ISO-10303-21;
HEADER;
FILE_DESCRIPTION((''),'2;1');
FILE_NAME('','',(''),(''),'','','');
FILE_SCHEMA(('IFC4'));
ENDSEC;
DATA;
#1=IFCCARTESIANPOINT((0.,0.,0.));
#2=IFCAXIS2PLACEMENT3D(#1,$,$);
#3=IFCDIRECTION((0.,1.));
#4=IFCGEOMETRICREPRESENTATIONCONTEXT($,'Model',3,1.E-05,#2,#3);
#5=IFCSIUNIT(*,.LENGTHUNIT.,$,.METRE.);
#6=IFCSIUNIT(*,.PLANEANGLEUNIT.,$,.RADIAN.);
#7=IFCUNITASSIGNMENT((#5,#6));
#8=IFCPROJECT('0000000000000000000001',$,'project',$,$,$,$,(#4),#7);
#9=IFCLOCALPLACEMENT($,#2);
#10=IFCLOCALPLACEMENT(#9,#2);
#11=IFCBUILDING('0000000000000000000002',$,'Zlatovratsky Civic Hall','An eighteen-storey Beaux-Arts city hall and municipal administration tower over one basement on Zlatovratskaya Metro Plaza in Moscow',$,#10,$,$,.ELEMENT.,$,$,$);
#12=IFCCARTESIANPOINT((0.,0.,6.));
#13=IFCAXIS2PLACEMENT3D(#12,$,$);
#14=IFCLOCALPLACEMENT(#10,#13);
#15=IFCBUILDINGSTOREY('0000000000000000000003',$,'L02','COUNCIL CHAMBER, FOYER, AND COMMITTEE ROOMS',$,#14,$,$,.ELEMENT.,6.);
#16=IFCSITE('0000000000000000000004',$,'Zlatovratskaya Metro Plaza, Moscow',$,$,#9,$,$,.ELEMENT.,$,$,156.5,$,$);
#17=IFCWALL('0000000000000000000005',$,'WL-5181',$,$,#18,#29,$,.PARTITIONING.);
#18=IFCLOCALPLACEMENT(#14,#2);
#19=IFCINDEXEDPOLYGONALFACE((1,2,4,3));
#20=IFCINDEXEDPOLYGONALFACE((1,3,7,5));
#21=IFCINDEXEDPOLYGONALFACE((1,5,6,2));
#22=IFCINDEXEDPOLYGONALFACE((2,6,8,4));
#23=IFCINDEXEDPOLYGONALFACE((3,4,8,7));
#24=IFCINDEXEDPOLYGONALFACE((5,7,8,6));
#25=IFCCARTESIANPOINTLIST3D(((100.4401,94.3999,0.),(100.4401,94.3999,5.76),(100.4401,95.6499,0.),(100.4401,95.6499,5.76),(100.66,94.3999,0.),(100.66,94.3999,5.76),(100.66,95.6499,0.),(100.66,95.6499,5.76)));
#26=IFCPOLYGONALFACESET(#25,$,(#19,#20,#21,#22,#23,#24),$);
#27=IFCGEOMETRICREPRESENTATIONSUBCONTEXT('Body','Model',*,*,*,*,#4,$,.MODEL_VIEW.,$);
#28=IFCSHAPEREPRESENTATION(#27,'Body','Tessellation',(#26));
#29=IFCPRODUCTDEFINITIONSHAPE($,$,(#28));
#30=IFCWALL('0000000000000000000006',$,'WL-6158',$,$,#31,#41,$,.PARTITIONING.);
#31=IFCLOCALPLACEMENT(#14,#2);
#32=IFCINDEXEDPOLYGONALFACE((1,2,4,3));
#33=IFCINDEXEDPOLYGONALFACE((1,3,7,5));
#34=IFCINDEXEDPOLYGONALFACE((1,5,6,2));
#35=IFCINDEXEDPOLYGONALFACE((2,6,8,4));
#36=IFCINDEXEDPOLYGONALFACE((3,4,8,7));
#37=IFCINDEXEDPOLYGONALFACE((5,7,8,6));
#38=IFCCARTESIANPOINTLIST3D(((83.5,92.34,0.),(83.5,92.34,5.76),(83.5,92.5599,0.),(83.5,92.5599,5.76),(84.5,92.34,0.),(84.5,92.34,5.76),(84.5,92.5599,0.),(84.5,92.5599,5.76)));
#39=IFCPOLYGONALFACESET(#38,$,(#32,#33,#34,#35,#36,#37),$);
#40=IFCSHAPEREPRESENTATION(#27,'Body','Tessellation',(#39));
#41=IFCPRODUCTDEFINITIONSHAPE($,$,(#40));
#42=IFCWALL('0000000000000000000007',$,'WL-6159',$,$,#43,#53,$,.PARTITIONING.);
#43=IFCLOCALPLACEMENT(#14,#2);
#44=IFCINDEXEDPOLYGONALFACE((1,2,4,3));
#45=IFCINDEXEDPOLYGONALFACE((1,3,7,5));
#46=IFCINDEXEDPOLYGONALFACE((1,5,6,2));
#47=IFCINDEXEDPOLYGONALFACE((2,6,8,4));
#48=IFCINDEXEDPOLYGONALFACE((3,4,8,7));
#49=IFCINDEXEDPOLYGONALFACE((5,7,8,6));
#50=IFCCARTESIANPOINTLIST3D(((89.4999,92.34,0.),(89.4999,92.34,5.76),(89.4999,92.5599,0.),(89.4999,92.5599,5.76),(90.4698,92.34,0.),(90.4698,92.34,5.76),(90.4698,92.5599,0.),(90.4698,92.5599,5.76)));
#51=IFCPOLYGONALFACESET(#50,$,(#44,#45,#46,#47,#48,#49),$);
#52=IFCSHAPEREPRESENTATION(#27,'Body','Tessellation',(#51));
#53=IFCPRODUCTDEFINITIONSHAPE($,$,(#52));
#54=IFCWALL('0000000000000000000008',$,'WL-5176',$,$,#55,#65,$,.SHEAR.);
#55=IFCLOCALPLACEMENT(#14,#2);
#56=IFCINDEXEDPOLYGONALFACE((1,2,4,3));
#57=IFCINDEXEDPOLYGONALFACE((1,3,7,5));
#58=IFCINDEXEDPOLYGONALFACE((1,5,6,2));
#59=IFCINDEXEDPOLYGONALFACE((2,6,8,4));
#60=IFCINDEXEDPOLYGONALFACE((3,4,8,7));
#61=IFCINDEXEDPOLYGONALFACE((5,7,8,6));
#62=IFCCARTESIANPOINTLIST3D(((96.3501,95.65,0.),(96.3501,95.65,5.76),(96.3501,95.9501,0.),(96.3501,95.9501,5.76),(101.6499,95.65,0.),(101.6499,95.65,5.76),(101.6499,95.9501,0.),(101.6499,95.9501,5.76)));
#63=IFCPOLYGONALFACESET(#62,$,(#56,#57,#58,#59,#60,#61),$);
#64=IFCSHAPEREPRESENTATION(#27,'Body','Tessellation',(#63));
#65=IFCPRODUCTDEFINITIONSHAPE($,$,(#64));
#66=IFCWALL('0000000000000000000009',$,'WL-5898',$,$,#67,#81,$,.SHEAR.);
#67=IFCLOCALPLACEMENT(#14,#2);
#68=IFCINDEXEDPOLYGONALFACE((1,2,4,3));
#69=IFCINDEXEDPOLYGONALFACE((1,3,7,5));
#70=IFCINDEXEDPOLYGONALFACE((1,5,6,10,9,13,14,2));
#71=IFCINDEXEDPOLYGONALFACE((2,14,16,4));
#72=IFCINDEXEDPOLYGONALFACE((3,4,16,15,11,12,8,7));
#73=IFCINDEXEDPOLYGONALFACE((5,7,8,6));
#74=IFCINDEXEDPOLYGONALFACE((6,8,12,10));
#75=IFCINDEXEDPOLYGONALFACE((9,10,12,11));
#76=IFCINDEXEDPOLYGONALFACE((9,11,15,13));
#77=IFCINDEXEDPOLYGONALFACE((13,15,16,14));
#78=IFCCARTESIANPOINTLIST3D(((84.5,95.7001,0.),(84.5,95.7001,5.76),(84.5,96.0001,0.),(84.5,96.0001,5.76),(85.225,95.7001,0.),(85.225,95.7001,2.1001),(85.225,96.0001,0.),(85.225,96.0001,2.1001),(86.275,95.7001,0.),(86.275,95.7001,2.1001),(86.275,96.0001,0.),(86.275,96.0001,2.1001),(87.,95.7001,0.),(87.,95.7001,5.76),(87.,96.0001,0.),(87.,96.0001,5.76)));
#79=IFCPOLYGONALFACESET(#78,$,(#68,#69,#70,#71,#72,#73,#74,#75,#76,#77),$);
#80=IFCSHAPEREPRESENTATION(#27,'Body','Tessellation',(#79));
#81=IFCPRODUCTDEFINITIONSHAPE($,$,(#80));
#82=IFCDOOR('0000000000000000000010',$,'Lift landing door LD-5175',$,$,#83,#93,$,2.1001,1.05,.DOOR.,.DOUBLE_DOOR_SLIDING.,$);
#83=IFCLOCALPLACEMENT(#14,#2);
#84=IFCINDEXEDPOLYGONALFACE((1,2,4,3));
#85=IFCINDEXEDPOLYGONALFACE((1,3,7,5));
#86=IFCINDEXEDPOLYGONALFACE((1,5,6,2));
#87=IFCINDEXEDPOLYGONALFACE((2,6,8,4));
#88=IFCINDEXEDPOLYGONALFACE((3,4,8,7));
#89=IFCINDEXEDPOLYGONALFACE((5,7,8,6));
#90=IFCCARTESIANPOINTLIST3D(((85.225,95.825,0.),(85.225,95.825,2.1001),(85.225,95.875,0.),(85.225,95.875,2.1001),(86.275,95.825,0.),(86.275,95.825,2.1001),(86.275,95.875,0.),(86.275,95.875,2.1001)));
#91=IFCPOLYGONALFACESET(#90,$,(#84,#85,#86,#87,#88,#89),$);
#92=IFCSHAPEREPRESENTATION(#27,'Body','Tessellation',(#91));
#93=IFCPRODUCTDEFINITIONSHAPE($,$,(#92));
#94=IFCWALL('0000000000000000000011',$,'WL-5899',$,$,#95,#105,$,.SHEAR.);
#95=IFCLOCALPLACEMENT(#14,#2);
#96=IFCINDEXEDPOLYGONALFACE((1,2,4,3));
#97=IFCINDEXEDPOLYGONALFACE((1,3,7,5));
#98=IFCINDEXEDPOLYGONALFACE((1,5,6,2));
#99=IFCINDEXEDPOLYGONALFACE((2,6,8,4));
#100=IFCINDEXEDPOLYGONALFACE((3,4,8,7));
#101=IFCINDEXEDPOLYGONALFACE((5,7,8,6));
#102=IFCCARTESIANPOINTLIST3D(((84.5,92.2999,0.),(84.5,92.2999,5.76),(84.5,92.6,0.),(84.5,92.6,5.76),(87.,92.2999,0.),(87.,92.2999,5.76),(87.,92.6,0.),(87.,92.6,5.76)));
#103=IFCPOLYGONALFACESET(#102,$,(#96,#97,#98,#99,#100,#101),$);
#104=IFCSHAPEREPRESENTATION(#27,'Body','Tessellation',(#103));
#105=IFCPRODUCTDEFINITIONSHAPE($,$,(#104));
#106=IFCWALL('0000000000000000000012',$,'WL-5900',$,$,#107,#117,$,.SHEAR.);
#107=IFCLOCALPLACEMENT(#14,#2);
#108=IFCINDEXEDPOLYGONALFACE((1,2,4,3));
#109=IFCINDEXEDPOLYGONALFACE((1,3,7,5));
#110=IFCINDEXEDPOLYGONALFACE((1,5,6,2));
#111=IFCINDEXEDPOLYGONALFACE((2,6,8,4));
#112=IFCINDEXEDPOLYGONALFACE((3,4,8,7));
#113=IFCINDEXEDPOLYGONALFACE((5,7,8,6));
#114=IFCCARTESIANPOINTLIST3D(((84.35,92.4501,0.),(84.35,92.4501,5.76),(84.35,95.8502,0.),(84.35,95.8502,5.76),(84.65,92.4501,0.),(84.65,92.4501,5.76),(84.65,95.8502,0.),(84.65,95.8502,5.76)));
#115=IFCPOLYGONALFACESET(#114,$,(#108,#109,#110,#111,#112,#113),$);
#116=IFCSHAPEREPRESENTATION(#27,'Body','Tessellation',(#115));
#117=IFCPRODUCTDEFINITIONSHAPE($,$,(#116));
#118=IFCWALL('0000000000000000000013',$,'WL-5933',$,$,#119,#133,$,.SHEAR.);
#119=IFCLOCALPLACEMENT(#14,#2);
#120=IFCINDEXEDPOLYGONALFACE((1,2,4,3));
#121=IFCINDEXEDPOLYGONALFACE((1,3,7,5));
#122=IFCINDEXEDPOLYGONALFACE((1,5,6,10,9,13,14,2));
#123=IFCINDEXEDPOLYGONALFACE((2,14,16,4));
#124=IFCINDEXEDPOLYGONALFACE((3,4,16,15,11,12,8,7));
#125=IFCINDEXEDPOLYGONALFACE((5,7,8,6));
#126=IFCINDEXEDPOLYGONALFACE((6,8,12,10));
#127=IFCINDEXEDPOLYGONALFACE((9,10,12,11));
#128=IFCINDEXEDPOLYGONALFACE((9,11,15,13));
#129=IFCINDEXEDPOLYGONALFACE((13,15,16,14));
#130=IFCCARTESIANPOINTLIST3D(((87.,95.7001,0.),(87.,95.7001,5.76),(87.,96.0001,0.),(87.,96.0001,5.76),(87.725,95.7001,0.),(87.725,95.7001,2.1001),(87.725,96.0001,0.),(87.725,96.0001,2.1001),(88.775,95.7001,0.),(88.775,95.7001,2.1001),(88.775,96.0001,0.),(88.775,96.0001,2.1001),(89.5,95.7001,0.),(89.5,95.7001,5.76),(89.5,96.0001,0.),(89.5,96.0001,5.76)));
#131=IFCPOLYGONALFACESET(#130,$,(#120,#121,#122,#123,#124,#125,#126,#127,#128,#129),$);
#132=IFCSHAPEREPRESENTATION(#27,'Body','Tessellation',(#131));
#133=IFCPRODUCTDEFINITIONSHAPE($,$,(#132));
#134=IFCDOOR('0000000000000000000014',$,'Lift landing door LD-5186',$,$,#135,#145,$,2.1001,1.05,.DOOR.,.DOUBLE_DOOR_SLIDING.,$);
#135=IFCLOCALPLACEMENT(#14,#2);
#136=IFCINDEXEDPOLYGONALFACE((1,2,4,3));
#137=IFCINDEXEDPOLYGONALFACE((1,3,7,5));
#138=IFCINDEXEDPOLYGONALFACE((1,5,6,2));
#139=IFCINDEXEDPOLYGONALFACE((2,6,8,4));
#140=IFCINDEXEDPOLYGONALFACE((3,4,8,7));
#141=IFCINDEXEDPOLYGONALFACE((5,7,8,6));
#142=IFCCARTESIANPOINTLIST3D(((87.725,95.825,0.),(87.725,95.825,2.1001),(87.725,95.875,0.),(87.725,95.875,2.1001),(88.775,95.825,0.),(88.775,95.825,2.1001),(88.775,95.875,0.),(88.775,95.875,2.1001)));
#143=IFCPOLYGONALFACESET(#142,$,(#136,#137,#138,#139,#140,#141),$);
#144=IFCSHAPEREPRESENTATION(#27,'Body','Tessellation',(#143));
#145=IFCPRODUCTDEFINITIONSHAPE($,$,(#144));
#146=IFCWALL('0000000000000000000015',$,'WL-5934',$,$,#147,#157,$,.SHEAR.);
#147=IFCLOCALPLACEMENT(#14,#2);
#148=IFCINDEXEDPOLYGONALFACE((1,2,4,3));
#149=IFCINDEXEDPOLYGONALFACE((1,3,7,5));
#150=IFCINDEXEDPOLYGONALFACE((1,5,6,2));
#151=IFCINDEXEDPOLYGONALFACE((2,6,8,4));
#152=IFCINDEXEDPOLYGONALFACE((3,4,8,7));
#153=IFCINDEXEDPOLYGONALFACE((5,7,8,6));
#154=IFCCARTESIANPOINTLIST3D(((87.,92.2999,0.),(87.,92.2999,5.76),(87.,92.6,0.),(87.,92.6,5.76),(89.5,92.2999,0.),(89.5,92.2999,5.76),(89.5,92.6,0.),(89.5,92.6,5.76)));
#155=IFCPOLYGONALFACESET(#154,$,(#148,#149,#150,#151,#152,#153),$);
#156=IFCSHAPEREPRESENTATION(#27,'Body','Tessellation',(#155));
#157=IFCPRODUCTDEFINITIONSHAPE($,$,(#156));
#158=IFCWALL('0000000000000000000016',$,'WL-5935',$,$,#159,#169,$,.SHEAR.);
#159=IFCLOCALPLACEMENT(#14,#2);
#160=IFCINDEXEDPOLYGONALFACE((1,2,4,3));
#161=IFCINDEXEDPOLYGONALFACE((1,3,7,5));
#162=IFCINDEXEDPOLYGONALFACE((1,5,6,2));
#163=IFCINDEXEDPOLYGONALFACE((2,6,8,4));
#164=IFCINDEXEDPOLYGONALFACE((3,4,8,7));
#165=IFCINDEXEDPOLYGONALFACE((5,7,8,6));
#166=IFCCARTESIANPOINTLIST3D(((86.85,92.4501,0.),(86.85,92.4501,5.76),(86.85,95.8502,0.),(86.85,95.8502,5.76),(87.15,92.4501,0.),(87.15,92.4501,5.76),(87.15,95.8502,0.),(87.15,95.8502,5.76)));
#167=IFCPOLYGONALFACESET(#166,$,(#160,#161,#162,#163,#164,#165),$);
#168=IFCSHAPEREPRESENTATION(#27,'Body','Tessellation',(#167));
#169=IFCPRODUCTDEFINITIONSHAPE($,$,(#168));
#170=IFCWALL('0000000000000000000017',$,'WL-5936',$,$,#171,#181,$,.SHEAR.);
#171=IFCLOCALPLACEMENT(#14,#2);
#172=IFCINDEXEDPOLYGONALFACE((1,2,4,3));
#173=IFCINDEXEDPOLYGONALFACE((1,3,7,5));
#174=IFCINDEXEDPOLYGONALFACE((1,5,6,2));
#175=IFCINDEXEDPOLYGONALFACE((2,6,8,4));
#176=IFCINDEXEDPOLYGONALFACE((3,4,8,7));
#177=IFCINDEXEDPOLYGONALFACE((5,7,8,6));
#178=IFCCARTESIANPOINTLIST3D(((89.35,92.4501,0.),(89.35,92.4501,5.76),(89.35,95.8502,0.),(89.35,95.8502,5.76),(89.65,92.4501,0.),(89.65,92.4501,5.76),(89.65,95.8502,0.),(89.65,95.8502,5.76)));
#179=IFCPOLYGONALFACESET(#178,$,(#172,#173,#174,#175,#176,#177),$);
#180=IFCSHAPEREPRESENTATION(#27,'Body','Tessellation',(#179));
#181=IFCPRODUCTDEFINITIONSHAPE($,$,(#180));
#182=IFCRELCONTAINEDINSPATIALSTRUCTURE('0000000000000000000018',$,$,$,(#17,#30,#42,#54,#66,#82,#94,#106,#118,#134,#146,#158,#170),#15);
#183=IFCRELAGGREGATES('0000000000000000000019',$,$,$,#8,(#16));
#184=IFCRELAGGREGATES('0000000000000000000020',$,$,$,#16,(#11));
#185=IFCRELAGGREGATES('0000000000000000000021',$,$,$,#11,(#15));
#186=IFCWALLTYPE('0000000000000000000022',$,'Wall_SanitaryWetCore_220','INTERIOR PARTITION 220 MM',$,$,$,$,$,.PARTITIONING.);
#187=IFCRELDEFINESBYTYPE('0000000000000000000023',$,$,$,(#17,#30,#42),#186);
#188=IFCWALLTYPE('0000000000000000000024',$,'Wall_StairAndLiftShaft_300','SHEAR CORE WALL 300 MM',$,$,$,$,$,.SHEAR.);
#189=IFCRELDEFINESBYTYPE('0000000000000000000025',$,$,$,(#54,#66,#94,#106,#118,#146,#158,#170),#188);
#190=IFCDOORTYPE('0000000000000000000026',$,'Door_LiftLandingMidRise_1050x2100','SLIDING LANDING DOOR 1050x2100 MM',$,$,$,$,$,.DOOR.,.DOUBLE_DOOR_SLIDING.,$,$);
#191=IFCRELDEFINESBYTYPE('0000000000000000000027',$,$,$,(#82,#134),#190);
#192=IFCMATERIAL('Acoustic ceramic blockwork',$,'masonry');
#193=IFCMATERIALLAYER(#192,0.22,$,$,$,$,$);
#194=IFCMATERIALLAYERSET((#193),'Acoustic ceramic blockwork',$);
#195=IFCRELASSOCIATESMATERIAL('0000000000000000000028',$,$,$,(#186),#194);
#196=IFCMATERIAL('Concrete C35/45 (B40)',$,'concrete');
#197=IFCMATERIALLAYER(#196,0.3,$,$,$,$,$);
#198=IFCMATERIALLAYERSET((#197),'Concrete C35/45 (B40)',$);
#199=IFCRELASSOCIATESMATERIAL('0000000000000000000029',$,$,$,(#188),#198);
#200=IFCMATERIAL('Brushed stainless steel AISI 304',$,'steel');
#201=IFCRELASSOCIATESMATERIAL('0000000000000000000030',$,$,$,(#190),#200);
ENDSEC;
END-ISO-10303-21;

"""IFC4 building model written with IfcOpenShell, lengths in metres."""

from ifc_helpers import new_model, si_unit, direction, frame, frame_2d, origin, place, context, subcontext, project, spatial, rectangle, extrude, material, layer, layer_set, type_object, element, fill, save


model = new_model("IFC4")

# Units and contexts
model_context = context("Model", 3, precision=1e-05, world=origin(), true_north=direction((0.0, 1.0)))
body_context = subcontext(model_context, "Body", "Model", "MODEL_VIEW")
ifc_project = project(units=[si_unit("LENGTHUNIT", "METRE"), si_unit("PLANEANGLEUNIT", "RADIAN")], contexts=[model_context])

# Site, building, storey
site_placement = place(None, origin())
site = spatial("IfcSite", under=ifc_project, at=site_placement, Name="Zlatovratskaya Metro Plaza, Moscow", CompositionType="ELEMENT", RefElevation=156.5)
building_placement = place(site_placement, origin())
building = spatial("IfcBuilding", under=site, at=building_placement, Name="Zlatovratsky Civic Hall", Description="An eighteen-storey Beaux-Arts city hall and municipal administration tower over one basement on Zlatovratskaya Metro Plaza in Moscow", CompositionType="ELEMENT")
storey_placement = place(building_placement, frame((0.0, 0.0, 6.0)))
storey = spatial("IfcBuildingStorey", under=building, at=storey_placement, Name="L02", Description="COUNCIL CHAMBER, FOYER, AND COMMITTEE ROOMS", CompositionType="ELEMENT", Elevation=6.0)

# Shared definitions
ifc_material_1 = material(Name="Concrete C35/45 (B40)", Category="concrete")

# Wall
ifc_material_2 = material(Name="Acoustic ceramic blockwork", Category="masonry")
ifc_layer_1 = layer(ifc_material_2, 0.22)
ifc_layer_set_1 = layer_set([ifc_layer_1], Name="Acoustic ceramic blockwork")
wall_type_1 = type_object("IfcWallType", Name="Wall_SanitaryWetCore_220", Description="INTERIOR PARTITION 220 MM", PredefinedType="PARTITIONING", material=ifc_layer_set_1)
wall_1_placement = place(storey_placement, frame((100.55, 94.3999, 0.0), z_axis=(0.0, 0.0, 1.0), x_axis=(0.0, 1.0, 0.0)))
element("IfcWall", 1, at=wall_1_placement, inside=storey, type_object=wall_type_1, Name="WL-5181", PredefinedType="PARTITIONING", context=body_context, shape_type="SweptSolid", body=[
    extrude(rectangle(XDim=1.25, YDim=0.22, at=frame_2d((0.625, 0.0))), origin(), (0.0, 0.0, 1.0), 5.76),
])

# Walls
wall_2_placement = place(storey_placement, frame((83.5, 92.45, 0.0), z_axis=(0.0, 0.0, 1.0), x_axis=(1.0, 0.0, 0.0)))
element("IfcWall", 2, at=wall_2_placement, inside=storey, type_object=wall_type_1, Name="WL-6158", PredefinedType="PARTITIONING", context=body_context, shape_type="SweptSolid", body=[
    extrude(rectangle(XDim=1.0, YDim=0.22, at=frame_2d((0.5, 0.0))), origin(), (0.0, 0.0, 1.0), 5.76),
])
wall_3_placement = place(storey_placement, frame((89.5, 92.45, 0.0), z_axis=(0.0, 0.0, 1.0), x_axis=(1.0, 0.0, 0.0)))
element("IfcWall", 3, at=wall_3_placement, inside=storey, type_object=wall_type_1, Name="WL-6159", PredefinedType="PARTITIONING", context=body_context, shape_type="SweptSolid", body=[
    extrude(rectangle(XDim=0.97, YDim=0.22, at=frame_2d((0.4849, 0.0))), origin(), (0.0, 0.0, 1.0), 5.76),
])
ifc_layer_2 = layer(ifc_material_1, 0.3)
ifc_layer_set_2 = layer_set([ifc_layer_2], Name="Concrete C35/45 (B40)")
wall_type_2 = type_object("IfcWallType", Name="Wall_StairAndLiftShaft_300", Description="SHEAR CORE WALL 300 MM", PredefinedType="SHEAR", material=ifc_layer_set_2)
wall_4_placement = place(storey_placement, frame((96.3501, 95.8, 0.0), z_axis=(0.0, 0.0, 1.0), x_axis=(1.0, 0.0, 0.0)))
element("IfcWall", 4, at=wall_4_placement, inside=storey, type_object=wall_type_2, Name="WL-5176", PredefinedType="SHEAR", context=body_context, shape_type="SweptSolid", body=[
    extrude(rectangle(XDim=5.2998, YDim=0.3, at=frame_2d((2.6499, 0.0))), origin(), (0.0, 0.0, 1.0), 5.76),
])

# Wall, opening, door
wall_5_placement = place(storey_placement, frame((84.5, 95.8501, 0.0), z_axis=(0.0, 0.0, 1.0), x_axis=(1.0, 0.0, 0.0)))
wall_5 = element("IfcWall", 5, at=wall_5_placement, inside=storey, type_object=wall_type_2, Name="WL-5898", PredefinedType="SHEAR", context=body_context, shape_type="SweptSolid", body=[
    extrude(rectangle(XDim=2.5, YDim=0.3, at=frame_2d((1.25, 0.0))), origin(), (0.0, 0.0, 1.0), 5.76),
])
opening_1_placement = place(wall_5_placement, frame((0.7251, 0.0, 0.0)))
opening_1 = element("IfcOpeningElement", 6, at=opening_1_placement, cuts=wall_5, PredefinedType="OPENING", context=body_context, shape_type="SweptSolid", body=[
    extrude(rectangle(XDim=1.05, YDim=2.1001, at=frame_2d((0.5249, 1.05))), frame((0.0, 0.165, 0.0), z_axis=(0.0, -1.0, 0.0), x_axis=(1.0, 0.0, 0.0)), (0.0, 0.0, 1.0), 0.3298),
])
ifc_material_3 = material(Name="Brushed stainless steel AISI 304", Category="steel")
door_type_1 = type_object("IfcDoorType", Name="Door_LiftLandingMidRise_1050x2100", Description="SLIDING LANDING DOOR 1050x2100 MM", OperationType="DOUBLE_DOOR_SLIDING", PredefinedType="DOOR", material=ifc_material_3)
door_1_placement = place(opening_1_placement, origin())
door_1 = element("IfcDoor", 7, at=door_1_placement, inside=storey, type_object=door_type_1, Name="Lift landing door LD-5175", OperationType="DOUBLE_DOOR_SLIDING", OverallHeight=2.1001, OverallWidth=1.05, PredefinedType="DOOR", context=body_context, shape_type="SweptSolid", body=[
    extrude(rectangle(XDim=1.05, YDim=2.1001, at=frame_2d((0.5249, 1.05))), frame((0.0, 0.0249, 0.0), z_axis=(0.0, -1.0, 0.0), x_axis=(1.0, 0.0, 0.0)), (0.0, 0.0, 1.0), 0.05),
])
fill(opening_1, door_1)

# Walls
wall_6_placement = place(storey_placement, frame((84.5, 92.45, 0.0), z_axis=(0.0, 0.0, 1.0), x_axis=(1.0, 0.0, 0.0)))
element("IfcWall", 8, at=wall_6_placement, inside=storey, type_object=wall_type_2, Name="WL-5899", PredefinedType="SHEAR", context=body_context, shape_type="SweptSolid", body=[
    extrude(rectangle(XDim=2.5, YDim=0.3, at=frame_2d((1.25, 0.0))), origin(), (0.0, 0.0, 1.0), 5.76),
])
wall_7_placement = place(storey_placement, frame((84.5, 92.45, 0.0), z_axis=(0.0, 0.0, 1.0), x_axis=(0.0, 1.0, 0.0)))
element("IfcWall", 9, at=wall_7_placement, inside=storey, type_object=wall_type_2, Name="WL-5900", PredefinedType="SHEAR", context=body_context, shape_type="SweptSolid", body=[
    extrude(rectangle(XDim=3.4001, YDim=0.3, at=frame_2d((1.7002, 0.0))), origin(), (0.0, 0.0, 1.0), 5.76),
])

# Wall, opening, door
wall_8_placement = place(storey_placement, frame((87.0, 95.8501, 0.0), z_axis=(0.0, 0.0, 1.0), x_axis=(1.0, 0.0, 0.0)))
wall_8 = element("IfcWall", 10, at=wall_8_placement, inside=storey, type_object=wall_type_2, Name="WL-5933", PredefinedType="SHEAR", context=body_context, shape_type="SweptSolid", body=[
    extrude(rectangle(XDim=2.5, YDim=0.3, at=frame_2d((1.25, 0.0))), origin(), (0.0, 0.0, 1.0), 5.76),
])
opening_2_placement = place(wall_8_placement, frame((0.7251, 0.0, 0.0)))
opening_2 = element("IfcOpeningElement", 11, at=opening_2_placement, cuts=wall_8, PredefinedType="OPENING", context=body_context, shape_type="SweptSolid", body=[
    extrude(rectangle(XDim=1.05, YDim=2.1001, at=frame_2d((0.5249, 1.05))), frame((0.0, 0.165, 0.0), z_axis=(0.0, -1.0, 0.0), x_axis=(1.0, 0.0, 0.0)), (0.0, 0.0, 1.0), 0.3298),
])
door_2_placement = place(opening_2_placement, origin())
door_2 = element("IfcDoor", 12, at=door_2_placement, inside=storey, type_object=door_type_1, Name="Lift landing door LD-5186", OperationType="DOUBLE_DOOR_SLIDING", OverallHeight=2.1001, OverallWidth=1.05, PredefinedType="DOOR", context=body_context, shape_type="SweptSolid", body=[
    extrude(rectangle(XDim=1.05, YDim=2.1001, at=frame_2d((0.5249, 1.05))), frame((0.0, 0.0249, 0.0), z_axis=(0.0, -1.0, 0.0), x_axis=(1.0, 0.0, 0.0)), (0.0, 0.0, 1.0), 0.05),
])
fill(opening_2, door_2)

# Walls
wall_9_placement = place(storey_placement, frame((87.0, 92.45, 0.0), z_axis=(0.0, 0.0, 1.0), x_axis=(1.0, 0.0, 0.0)))
element("IfcWall", 13, at=wall_9_placement, inside=storey, type_object=wall_type_2, Name="WL-5934", PredefinedType="SHEAR", context=body_context, shape_type="SweptSolid", body=[
    extrude(rectangle(XDim=2.5, YDim=0.3, at=frame_2d((1.25, 0.0))), origin(), (0.0, 0.0, 1.0), 5.76),
])
for number, where, z_axis, x_axis, name in (
    (14, (87.0, 92.45, 0.0), (0.0, 0.0, 1.0), (0.0, 1.0, 0.0), "WL-5935"),
    (15, (89.5, 92.45, 0.0), (0.0, 0.0, 1.0), (0.0, 1.0, 0.0), "WL-5936"),
):
    element("IfcWall", number, at=place(storey_placement, frame(where, z_axis=z_axis, x_axis=x_axis)), inside=storey, type_object=wall_type_2, Name=name, PredefinedType="SHEAR", context=body_context, shape_type="SweptSolid", body=[
        extrude(rectangle(XDim=3.4001, YDim=0.3, at=frame_2d((1.7002, 0.0))), origin(), (0.0, 0.0, 1.0), 5.76),
    ])

save(model, "model.ifc")
